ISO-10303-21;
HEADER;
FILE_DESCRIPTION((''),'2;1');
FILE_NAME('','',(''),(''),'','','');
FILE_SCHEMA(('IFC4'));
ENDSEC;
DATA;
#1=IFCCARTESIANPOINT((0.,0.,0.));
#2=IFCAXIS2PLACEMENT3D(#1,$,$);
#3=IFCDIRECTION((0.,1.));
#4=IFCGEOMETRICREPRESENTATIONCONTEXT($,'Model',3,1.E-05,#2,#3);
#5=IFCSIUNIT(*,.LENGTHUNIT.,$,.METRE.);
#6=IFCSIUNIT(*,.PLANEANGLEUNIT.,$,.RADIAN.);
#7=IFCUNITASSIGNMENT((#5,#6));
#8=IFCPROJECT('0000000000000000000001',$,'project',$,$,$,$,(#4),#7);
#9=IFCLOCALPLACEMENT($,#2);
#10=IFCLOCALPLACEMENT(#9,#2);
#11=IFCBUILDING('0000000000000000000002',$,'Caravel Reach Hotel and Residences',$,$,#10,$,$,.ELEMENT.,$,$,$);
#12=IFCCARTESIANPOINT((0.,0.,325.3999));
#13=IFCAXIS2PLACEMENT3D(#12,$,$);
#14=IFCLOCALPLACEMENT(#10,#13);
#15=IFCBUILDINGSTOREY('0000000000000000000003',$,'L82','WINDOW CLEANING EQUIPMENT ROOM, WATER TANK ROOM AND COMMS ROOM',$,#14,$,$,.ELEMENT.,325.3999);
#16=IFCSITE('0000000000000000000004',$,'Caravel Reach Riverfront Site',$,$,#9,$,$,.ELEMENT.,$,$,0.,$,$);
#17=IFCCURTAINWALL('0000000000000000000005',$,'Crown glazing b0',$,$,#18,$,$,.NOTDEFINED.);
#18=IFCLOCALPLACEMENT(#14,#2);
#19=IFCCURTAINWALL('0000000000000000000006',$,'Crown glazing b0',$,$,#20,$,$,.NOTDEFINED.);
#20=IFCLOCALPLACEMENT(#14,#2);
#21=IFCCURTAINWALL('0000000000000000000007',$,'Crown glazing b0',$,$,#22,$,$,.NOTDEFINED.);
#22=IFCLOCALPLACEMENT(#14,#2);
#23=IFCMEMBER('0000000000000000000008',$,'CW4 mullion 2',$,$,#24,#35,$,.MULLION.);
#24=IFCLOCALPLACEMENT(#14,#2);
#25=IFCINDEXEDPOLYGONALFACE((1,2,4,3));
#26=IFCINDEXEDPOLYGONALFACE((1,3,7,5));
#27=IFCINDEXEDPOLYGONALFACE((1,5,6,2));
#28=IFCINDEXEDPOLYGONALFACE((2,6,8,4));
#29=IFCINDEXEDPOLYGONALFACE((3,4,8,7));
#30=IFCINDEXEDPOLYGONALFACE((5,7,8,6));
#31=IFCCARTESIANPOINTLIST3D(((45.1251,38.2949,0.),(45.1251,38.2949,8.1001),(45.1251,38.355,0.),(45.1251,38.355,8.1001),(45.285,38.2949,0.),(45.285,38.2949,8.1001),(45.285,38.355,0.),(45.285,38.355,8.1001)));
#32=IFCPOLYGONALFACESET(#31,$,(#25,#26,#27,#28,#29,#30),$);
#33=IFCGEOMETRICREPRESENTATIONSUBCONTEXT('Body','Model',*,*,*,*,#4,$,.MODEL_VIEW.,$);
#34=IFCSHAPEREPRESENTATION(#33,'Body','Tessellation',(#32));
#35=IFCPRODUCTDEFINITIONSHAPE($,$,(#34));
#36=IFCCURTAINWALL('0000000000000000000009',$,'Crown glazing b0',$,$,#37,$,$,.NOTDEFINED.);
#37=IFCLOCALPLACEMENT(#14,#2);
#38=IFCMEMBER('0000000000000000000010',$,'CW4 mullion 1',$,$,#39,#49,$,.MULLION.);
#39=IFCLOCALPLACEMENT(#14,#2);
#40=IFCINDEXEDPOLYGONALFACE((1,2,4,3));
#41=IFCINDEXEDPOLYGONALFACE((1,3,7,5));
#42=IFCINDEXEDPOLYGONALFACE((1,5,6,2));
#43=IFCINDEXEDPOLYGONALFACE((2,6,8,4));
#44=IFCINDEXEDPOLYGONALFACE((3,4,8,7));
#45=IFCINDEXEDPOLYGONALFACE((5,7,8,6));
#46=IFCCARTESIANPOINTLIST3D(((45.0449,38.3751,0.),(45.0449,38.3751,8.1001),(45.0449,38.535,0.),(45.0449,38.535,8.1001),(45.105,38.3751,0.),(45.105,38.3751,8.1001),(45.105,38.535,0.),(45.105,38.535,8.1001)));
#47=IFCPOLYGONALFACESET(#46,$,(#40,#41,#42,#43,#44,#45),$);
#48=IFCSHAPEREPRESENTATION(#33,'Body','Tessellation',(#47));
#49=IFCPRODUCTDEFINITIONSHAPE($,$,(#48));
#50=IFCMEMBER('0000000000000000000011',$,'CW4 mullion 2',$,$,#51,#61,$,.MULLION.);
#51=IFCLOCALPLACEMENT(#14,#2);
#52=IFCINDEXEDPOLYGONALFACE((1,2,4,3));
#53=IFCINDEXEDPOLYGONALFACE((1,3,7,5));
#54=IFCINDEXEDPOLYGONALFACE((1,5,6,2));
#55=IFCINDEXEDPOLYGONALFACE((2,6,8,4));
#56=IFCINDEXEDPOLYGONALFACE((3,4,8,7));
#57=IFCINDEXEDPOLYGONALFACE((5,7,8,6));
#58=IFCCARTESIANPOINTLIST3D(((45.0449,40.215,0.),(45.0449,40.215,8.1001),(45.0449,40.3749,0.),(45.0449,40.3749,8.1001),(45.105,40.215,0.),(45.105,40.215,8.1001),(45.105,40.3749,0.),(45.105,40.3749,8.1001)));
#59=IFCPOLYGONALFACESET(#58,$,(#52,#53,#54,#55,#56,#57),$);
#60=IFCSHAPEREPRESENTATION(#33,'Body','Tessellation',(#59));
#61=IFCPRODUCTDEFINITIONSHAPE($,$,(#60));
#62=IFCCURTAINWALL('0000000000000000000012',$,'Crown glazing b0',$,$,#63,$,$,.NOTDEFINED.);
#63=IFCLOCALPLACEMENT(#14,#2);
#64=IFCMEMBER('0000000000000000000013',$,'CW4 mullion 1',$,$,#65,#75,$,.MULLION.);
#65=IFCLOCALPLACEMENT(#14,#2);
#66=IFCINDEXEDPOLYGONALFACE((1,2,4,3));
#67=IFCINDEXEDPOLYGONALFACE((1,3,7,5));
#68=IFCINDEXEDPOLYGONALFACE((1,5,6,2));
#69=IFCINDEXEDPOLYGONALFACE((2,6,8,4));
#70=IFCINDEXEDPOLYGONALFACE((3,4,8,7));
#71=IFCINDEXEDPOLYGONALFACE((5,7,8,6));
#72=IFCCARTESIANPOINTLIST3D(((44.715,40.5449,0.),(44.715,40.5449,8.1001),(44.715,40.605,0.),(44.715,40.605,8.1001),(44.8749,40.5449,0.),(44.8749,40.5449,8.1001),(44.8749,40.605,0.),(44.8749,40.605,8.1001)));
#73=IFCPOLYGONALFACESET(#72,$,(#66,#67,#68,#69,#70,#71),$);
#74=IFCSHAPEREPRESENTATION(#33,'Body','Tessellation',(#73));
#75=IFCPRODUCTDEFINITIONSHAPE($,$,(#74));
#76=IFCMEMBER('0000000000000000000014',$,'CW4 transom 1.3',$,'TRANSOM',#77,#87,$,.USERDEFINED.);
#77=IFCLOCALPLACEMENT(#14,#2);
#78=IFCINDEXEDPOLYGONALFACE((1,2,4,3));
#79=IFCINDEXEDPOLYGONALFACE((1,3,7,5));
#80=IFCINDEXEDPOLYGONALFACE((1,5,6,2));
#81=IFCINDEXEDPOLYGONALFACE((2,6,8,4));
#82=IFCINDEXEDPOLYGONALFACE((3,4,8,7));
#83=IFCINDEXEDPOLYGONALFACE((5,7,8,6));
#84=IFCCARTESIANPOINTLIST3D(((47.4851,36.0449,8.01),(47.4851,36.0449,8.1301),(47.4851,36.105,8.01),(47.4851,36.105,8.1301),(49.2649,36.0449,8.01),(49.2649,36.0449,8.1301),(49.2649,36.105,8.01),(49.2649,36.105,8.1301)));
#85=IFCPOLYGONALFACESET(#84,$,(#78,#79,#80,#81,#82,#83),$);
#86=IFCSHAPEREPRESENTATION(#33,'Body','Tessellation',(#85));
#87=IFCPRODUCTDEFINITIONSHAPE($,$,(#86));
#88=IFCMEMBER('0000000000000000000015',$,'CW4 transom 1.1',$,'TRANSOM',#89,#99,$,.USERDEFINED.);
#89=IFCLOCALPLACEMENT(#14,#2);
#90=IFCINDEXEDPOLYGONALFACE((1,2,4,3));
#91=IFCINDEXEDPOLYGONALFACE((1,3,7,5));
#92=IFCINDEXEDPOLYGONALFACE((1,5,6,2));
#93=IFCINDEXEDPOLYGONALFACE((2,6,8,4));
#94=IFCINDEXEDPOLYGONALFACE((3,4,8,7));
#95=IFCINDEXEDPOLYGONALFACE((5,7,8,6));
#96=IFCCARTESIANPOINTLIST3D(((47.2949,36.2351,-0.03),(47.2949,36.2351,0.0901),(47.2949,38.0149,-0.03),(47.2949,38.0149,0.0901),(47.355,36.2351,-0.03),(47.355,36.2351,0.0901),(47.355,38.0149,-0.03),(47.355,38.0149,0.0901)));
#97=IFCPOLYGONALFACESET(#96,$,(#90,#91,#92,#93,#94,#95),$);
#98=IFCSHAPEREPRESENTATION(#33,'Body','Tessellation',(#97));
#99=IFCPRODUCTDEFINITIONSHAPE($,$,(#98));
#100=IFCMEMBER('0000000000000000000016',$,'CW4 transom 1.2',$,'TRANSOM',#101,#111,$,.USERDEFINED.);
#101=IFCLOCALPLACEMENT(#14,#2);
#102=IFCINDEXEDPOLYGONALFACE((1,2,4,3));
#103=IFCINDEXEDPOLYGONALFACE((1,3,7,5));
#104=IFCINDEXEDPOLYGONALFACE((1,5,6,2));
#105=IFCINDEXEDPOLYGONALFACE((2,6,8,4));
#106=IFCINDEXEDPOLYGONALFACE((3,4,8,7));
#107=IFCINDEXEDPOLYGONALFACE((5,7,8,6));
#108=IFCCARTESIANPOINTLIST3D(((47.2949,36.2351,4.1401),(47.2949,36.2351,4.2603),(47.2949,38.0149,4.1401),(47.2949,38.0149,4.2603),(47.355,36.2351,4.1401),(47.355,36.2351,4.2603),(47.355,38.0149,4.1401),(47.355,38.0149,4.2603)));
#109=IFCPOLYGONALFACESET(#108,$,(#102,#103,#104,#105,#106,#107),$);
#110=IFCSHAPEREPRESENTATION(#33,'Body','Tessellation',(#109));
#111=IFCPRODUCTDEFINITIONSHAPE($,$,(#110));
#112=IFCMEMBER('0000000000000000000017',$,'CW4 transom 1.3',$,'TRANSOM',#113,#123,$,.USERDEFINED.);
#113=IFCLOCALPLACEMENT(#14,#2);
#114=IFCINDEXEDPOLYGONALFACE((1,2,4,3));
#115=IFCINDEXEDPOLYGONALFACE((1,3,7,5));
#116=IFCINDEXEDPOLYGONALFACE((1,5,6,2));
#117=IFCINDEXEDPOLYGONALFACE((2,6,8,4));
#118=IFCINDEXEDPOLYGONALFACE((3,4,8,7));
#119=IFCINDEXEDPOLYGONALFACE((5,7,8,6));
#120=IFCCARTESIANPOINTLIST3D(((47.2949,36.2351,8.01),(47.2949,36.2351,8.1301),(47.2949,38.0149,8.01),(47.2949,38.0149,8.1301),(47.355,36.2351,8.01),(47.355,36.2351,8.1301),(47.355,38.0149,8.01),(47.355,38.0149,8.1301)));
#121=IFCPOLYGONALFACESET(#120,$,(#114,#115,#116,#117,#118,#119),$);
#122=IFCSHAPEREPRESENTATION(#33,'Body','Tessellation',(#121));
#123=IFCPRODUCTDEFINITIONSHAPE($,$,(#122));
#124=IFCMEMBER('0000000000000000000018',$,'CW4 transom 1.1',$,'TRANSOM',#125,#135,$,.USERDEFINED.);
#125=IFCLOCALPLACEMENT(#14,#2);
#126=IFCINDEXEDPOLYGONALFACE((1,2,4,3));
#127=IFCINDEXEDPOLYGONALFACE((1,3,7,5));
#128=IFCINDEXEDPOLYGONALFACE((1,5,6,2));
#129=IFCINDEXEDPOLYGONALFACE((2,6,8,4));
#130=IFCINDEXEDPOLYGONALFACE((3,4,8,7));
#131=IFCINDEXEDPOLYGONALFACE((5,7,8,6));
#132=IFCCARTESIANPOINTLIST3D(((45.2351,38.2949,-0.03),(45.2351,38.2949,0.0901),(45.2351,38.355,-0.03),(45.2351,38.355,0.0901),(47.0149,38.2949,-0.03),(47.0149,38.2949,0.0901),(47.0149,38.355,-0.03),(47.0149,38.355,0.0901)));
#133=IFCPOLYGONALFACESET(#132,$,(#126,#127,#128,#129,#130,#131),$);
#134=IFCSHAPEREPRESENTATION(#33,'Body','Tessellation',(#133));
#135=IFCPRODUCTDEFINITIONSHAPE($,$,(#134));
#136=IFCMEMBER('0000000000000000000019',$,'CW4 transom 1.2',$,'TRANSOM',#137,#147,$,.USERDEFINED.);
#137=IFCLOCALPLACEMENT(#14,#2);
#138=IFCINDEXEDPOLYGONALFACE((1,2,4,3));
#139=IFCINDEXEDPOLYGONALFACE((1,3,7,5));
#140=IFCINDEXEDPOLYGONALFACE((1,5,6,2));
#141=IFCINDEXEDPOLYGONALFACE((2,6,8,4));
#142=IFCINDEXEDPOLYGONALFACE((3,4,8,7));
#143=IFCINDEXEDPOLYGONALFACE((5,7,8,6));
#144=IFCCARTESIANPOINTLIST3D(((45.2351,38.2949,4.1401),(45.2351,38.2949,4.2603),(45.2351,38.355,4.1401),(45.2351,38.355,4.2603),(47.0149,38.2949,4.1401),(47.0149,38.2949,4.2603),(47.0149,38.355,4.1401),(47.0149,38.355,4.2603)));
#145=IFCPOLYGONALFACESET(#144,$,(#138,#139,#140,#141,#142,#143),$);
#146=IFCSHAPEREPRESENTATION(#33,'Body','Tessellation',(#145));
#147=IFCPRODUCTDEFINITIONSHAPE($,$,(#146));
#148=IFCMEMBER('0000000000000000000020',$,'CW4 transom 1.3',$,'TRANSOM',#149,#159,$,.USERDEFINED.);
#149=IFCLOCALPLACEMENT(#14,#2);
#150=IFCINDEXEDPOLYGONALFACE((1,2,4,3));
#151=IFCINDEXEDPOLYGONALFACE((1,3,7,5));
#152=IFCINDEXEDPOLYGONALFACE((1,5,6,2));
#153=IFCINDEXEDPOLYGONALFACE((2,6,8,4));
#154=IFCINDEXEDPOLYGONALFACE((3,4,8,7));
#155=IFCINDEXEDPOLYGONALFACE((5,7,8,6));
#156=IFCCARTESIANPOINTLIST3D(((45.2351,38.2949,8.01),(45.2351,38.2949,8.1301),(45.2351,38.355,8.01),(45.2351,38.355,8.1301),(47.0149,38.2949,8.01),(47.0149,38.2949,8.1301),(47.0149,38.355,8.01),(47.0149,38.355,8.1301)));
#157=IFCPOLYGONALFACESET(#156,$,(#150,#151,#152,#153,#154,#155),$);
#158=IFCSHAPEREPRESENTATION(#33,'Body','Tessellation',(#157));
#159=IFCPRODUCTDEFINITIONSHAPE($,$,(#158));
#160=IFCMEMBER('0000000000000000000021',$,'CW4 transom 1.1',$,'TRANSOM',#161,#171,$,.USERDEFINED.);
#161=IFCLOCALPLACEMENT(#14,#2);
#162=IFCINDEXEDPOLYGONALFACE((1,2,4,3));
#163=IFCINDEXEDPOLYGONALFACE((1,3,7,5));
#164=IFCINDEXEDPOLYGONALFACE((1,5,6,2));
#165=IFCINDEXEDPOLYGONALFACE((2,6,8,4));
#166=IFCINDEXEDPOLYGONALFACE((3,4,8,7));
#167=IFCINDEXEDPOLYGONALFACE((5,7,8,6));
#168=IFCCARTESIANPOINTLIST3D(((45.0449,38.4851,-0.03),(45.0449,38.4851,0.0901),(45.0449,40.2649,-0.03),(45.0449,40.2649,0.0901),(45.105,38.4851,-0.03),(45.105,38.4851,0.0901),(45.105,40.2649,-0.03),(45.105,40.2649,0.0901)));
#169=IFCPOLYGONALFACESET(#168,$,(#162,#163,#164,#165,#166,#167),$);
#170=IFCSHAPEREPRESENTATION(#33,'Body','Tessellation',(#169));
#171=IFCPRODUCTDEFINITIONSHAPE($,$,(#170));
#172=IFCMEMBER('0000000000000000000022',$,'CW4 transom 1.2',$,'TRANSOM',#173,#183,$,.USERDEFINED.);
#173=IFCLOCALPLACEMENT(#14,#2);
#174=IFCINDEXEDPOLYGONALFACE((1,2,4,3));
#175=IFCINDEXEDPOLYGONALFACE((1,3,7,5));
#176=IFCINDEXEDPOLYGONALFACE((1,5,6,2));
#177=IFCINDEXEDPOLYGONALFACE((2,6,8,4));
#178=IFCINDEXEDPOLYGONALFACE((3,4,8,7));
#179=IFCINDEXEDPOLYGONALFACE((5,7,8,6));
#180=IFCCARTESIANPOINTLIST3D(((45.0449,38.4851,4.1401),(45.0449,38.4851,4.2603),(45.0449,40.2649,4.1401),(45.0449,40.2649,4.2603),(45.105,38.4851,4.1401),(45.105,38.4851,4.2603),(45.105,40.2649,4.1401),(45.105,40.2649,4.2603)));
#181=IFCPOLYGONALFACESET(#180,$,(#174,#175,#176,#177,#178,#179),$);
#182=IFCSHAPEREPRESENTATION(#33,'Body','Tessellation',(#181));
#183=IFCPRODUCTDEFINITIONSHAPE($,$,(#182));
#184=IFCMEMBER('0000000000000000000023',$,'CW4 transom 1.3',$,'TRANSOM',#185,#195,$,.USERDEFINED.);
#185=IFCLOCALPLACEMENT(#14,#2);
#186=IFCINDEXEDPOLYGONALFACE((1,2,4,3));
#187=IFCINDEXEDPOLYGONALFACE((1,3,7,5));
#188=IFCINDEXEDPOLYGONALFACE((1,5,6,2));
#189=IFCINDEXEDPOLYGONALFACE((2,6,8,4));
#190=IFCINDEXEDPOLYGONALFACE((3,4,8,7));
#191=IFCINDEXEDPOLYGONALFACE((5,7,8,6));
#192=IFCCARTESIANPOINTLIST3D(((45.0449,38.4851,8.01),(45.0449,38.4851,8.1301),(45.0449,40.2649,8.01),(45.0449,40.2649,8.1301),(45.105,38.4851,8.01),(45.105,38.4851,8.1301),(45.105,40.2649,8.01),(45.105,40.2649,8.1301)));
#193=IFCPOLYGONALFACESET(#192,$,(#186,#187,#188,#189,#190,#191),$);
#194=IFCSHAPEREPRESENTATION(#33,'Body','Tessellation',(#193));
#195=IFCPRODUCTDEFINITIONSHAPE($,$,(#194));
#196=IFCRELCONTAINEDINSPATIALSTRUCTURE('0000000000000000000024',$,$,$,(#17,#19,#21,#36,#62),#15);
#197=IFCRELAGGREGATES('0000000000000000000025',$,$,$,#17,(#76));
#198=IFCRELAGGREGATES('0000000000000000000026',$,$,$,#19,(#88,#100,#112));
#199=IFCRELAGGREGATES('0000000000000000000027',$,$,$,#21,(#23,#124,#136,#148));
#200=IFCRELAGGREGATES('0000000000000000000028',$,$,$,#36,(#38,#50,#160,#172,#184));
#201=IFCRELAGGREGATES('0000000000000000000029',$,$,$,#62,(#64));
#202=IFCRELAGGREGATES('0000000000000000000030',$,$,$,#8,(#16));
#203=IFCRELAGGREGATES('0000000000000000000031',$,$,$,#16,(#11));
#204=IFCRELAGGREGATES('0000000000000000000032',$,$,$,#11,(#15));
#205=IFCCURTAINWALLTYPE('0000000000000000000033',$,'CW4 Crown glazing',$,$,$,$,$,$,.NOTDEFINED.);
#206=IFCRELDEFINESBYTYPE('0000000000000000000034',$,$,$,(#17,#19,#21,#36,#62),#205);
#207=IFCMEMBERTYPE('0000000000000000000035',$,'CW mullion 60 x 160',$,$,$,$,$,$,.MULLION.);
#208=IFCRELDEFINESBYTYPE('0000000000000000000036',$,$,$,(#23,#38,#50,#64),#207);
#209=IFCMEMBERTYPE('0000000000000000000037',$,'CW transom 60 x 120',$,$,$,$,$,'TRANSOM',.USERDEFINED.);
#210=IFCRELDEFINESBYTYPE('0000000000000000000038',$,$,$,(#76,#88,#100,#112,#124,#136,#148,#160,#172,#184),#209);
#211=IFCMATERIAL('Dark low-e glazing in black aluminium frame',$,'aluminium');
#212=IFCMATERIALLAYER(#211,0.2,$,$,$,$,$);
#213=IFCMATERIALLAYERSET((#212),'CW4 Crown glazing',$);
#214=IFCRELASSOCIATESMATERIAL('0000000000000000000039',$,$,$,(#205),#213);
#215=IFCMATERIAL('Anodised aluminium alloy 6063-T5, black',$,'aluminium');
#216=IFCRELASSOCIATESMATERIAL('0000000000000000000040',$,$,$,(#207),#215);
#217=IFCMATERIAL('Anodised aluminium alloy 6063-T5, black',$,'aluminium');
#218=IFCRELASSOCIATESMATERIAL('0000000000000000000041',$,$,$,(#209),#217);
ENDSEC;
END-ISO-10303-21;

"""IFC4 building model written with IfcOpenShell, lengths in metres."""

from ifc_helpers import new_model, si_unit, direction, frame, origin, origin_2d, place, context, subcontext, project, spatial, rectangle, extrude, material, layer, layer_set, material_profile, profile_set, type_object, element, aggregate, save


model = new_model("IFC4")

# Units and contexts
model_context = context("Model", 3, precision=1e-05, world=origin(), true_north=direction((0.0, 1.0)))
body_context = subcontext(model_context, "Body", "Model", "MODEL_VIEW")
ifc_project = project(units=[si_unit("LENGTHUNIT", "METRE"), si_unit("PLANEANGLEUNIT", "RADIAN")], contexts=[model_context])

# Site, building, storey
site_placement = place(None, origin())
site = spatial("IfcSite", under=ifc_project, at=site_placement, Name="Caravel Reach Riverfront Site", CompositionType="ELEMENT", RefElevation=0.0)
building_placement = place(site_placement, origin())
building = spatial("IfcBuilding", under=site, at=building_placement, Name="Caravel Reach Hotel and Residences", CompositionType="ELEMENT")
storey_placement = place(building_placement, frame((0.0, 0.0, 325.3999)))
storey = spatial("IfcBuildingStorey", under=building, at=storey_placement, Name="L82", Description="WINDOW CLEANING EQUIPMENT ROOM, WATER TANK ROOM AND COMMS ROOM", CompositionType="ELEMENT", Elevation=325.3999)

# Curtain wall
ifc_material_1 = material(Name="Dark low-e glazing in black aluminium frame", Category="aluminium")
ifc_layer_1 = layer(ifc_material_1, 0.2)
ifc_layer_set_1 = layer_set([ifc_layer_1], Name="CW4 Crown glazing")
curtain_wall_type = type_object("IfcCurtainWallType", Name="CW4 Crown glazing", PredefinedType="NOTDEFINED", material=ifc_layer_set_1)
curtain_wall_1_placement = place(storey_placement, origin())
curtain_wall_1 = element("IfcCurtainWall", 1, at=curtain_wall_1_placement, inside=storey, type_object=curtain_wall_type, Name="Crown glazing b0", PredefinedType="NOTDEFINED")
ifc_material_2 = material(Name="Anodised aluminium alloy 6063-T5, black", Category="aluminium")
ifc_material_profile_1 = material_profile(ifc_material_2, rectangle(XDim=0.0601, YDim=0.1599, at=origin_2d()), Name="CW mullion 60 x 160")
ifc_profile_set_1 = profile_set([ifc_material_profile_1], Name="Anodised aluminium alloy 6063-T5, black")
member_type_1 = type_object("IfcMemberType", Name="CW mullion 60 x 160", PredefinedType="MULLION", material=ifc_profile_set_1)

# Curtain walls, members
curtain_wall_2_placement = place(storey_placement, origin())
curtain_wall_2 = element("IfcCurtainWall", 2, at=curtain_wall_2_placement, inside=storey, type_object=curtain_wall_type, Name="Crown glazing b0", PredefinedType="NOTDEFINED")
curtain_wall_3_placement = place(storey_placement, origin())
curtain_wall_3 = element("IfcCurtainWall", 3, at=curtain_wall_3_placement, inside=storey, type_object=curtain_wall_type, Name="Crown glazing b0", PredefinedType="NOTDEFINED")
member_1_placement = place(storey_placement, frame((45.2051, 38.325, 0.0), z_axis=(0.0, 0.0, 1.0), x_axis=(0.0, -1.0, 0.0)))
member_1 = element("IfcMember", 4, at=member_1_placement, type_object=member_type_1, Name="CW4 mullion 2", PredefinedType="MULLION", context=body_context, shape_type="SweptSolid", body=[
    extrude(rectangle(XDim=0.0601, YDim=0.1599, at=origin_2d()), origin(), (0.0, 0.0, 1.0), 8.1001),
])
curtain_wall_4_placement = place(storey_placement, origin())
curtain_wall_4 = element("IfcCurtainWall", 5, at=curtain_wall_4_placement, inside=storey, type_object=curtain_wall_type, Name="Crown glazing b0", PredefinedType="NOTDEFINED")
member_2_placement = place(storey_placement, frame((45.075, 38.4551, 0.0), z_axis=(0.0, 0.0, 1.0), x_axis=(-1.0, 0.0, 0.0)))
member_2 = element("IfcMember", 6, at=member_2_placement, type_object=member_type_1, Name="CW4 mullion 1", PredefinedType="MULLION", context=body_context, shape_type="SweptSolid", body=[
    extrude(rectangle(XDim=0.0601, YDim=0.1599, at=origin_2d()), origin(), (0.0, 0.0, 1.0), 8.1001),
])
member_3_placement = place(storey_placement, frame((45.075, 40.2949, 0.0), z_axis=(0.0, 0.0, 1.0), x_axis=(-1.0, 0.0, 0.0)))
member_3 = element("IfcMember", 7, at=member_3_placement, type_object=member_type_1, Name="CW4 mullion 2", PredefinedType="MULLION", context=body_context, shape_type="SweptSolid", body=[
    extrude(rectangle(XDim=0.0601, YDim=0.1599, at=origin_2d()), origin(), (0.0, 0.0, 1.0), 8.1001),
])

# Curtain wall, member
curtain_wall_5_placement = place(storey_placement, origin())
curtain_wall_5 = element("IfcCurtainWall", 8, at=curtain_wall_5_placement, inside=storey, type_object=curtain_wall_type, Name="Crown glazing b0", PredefinedType="NOTDEFINED")
member_4_placement = place(storey_placement, frame((44.7949, 40.575, 0.0), z_axis=(0.0, 0.0, 1.0), x_axis=(0.0, -1.0, 0.0)))
member_4 = element("IfcMember", 9, at=member_4_placement, type_object=member_type_1, Name="CW4 mullion 1", PredefinedType="MULLION", context=body_context, shape_type="SweptSolid", body=[
    extrude(rectangle(XDim=0.0601, YDim=0.1599, at=origin_2d()), origin(), (0.0, 0.0, 1.0), 8.1001),
])

# Members
ifc_material_3 = material(Name="Anodised aluminium alloy 6063-T5, black", Category="aluminium")
ifc_material_profile_2 = material_profile(ifc_material_3, rectangle(XDim=0.0601, YDim=0.1201, at=origin_2d()), Name="CW transom 60 x 120")
ifc_profile_set_2 = profile_set([ifc_material_profile_2], Name="Anodised aluminium alloy 6063-T5, black")
member_type_2 = type_object("IfcMemberType", Name="CW transom 60 x 120", ElementType="TRANSOM", PredefinedType="USERDEFINED", material=ifc_profile_set_2)
member_5_placement = place(storey_placement, frame((49.2649, 36.075, 8.0701), z_axis=(-1.0, 0.0, 0.0), x_axis=(0.0, -1.0, 0.0)))
member_5 = element("IfcMember", 10, at=member_5_placement, type_object=member_type_2, Name="CW4 transom 1.3", ObjectType="TRANSOM", PredefinedType="USERDEFINED", context=body_context, shape_type="SweptSolid", body=[
    extrude(rectangle(XDim=0.0601, YDim=0.1201, at=origin_2d()), origin(), (0.0, 0.0, 1.0), 1.7798),
])
aggregate(curtain_wall_1, [member_5])
member_6_placement = place(storey_placement, frame((47.325, 36.2351, 0.03), z_axis=(0.0, 1.0, 0.0), x_axis=(-1.0, 0.0, 0.0)))
member_6 = element("IfcMember", 11, at=member_6_placement, type_object=member_type_2, Name="CW4 transom 1.1", ObjectType="TRANSOM", PredefinedType="USERDEFINED", context=body_context, shape_type="SweptSolid", body=[
    extrude(rectangle(XDim=0.0601, YDim=0.1201, at=origin_2d()), origin(), (0.0, 0.0, 1.0), 1.7798),
])
member_7_placement = place(storey_placement, frame((47.325, 36.2351, 4.2002), z_axis=(0.0, 1.0, 0.0), x_axis=(-1.0, 0.0, 0.0)))
member_7 = element("IfcMember", 12, at=member_7_placement, type_object=member_type_2, Name="CW4 transom 1.2", ObjectType="TRANSOM", PredefinedType="USERDEFINED", context=body_context, shape_type="SweptSolid", body=[
    extrude(rectangle(XDim=0.0601, YDim=0.1201, at=origin_2d()), origin(), (0.0, 0.0, 1.0), 1.7798),
])
member_8_placement = place(storey_placement, frame((47.325, 36.2351, 8.0701), z_axis=(0.0, 1.0, 0.0), x_axis=(-1.0, 0.0, 0.0)))
member_8 = element("IfcMember", 13, at=member_8_placement, type_object=member_type_2, Name="CW4 transom 1.3", ObjectType="TRANSOM", PredefinedType="USERDEFINED", context=body_context, shape_type="SweptSolid", body=[
    extrude(rectangle(XDim=0.0601, YDim=0.1201, at=origin_2d()), origin(), (0.0, 0.0, 1.0), 1.7798),
])
member_9_placement = place(storey_placement, frame((47.0149, 38.325, 0.03), z_axis=(-1.0, 0.0, 0.0), x_axis=(0.0, -1.0, 0.0)))
member_9 = element("IfcMember", 14, at=member_9_placement, type_object=member_type_2, Name="CW4 transom 1.1", ObjectType="TRANSOM", PredefinedType="USERDEFINED", context=body_context, shape_type="SweptSolid", body=[
    extrude(rectangle(XDim=0.0601, YDim=0.1201, at=origin_2d()), origin(), (0.0, 0.0, 1.0), 1.7798),
])
member_10_placement = place(storey_placement, frame((47.0149, 38.325, 4.2002), z_axis=(-1.0, 0.0, 0.0), x_axis=(0.0, -1.0, 0.0)))
member_10 = element("IfcMember", 15, at=member_10_placement, type_object=member_type_2, Name="CW4 transom 1.2", ObjectType="TRANSOM", PredefinedType="USERDEFINED", context=body_context, shape_type="SweptSolid", body=[
    extrude(rectangle(XDim=0.0601, YDim=0.1201, at=origin_2d()), origin(), (0.0, 0.0, 1.0), 1.7798),
])
member_11_placement = place(storey_placement, frame((47.0149, 38.325, 8.0701), z_axis=(-1.0, 0.0, 0.0), x_axis=(0.0, -1.0, 0.0)))
member_11 = element("IfcMember", 16, at=member_11_placement, type_object=member_type_2, Name="CW4 transom 1.3", ObjectType="TRANSOM", PredefinedType="USERDEFINED", context=body_context, shape_type="SweptSolid", body=[
    extrude(rectangle(XDim=0.0601, YDim=0.1201, at=origin_2d()), origin(), (0.0, 0.0, 1.0), 1.7798),
])
member_12_placement = place(storey_placement, frame((45.075, 38.4851, 0.03), z_axis=(0.0, 1.0, 0.0), x_axis=(-1.0, 0.0, 0.0)))
member_12 = element("IfcMember", 17, at=member_12_placement, type_object=member_type_2, Name="CW4 transom 1.1", ObjectType="TRANSOM", PredefinedType="USERDEFINED", context=body_context, shape_type="SweptSolid", body=[
    extrude(rectangle(XDim=0.0601, YDim=0.1201, at=origin_2d()), origin(), (0.0, 0.0, 1.0), 1.7798),
])
member_13_placement = place(storey_placement, frame((45.075, 38.4851, 4.2002), z_axis=(0.0, 1.0, 0.0), x_axis=(-1.0, 0.0, 0.0)))
member_13 = element("IfcMember", 18, at=member_13_placement, type_object=member_type_2, Name="CW4 transom 1.2", ObjectType="TRANSOM", PredefinedType="USERDEFINED", context=body_context, shape_type="SweptSolid", body=[
    extrude(rectangle(XDim=0.0601, YDim=0.1201, at=origin_2d()), origin(), (0.0, 0.0, 1.0), 1.7798),
])
member_14_placement = place(storey_placement, frame((45.075, 38.4851, 8.0701), z_axis=(0.0, 1.0, 0.0), x_axis=(-1.0, 0.0, 0.0)))
member_14 = element("IfcMember", 19, at=member_14_placement, type_object=member_type_2, Name="CW4 transom 1.3", ObjectType="TRANSOM", PredefinedType="USERDEFINED", context=body_context, shape_type="SweptSolid", body=[
    extrude(rectangle(XDim=0.0601, YDim=0.1201, at=origin_2d()), origin(), (0.0, 0.0, 1.0), 1.7798),
])

aggregate(curtain_wall_2, [member_6, member_7, member_8])
aggregate(curtain_wall_3, [member_1, member_9, member_10, member_11])
aggregate(curtain_wall_4, [member_2, member_3, member_12, member_13, member_14])
aggregate(curtain_wall_5, [member_4])

save(model, "model.ifc")
